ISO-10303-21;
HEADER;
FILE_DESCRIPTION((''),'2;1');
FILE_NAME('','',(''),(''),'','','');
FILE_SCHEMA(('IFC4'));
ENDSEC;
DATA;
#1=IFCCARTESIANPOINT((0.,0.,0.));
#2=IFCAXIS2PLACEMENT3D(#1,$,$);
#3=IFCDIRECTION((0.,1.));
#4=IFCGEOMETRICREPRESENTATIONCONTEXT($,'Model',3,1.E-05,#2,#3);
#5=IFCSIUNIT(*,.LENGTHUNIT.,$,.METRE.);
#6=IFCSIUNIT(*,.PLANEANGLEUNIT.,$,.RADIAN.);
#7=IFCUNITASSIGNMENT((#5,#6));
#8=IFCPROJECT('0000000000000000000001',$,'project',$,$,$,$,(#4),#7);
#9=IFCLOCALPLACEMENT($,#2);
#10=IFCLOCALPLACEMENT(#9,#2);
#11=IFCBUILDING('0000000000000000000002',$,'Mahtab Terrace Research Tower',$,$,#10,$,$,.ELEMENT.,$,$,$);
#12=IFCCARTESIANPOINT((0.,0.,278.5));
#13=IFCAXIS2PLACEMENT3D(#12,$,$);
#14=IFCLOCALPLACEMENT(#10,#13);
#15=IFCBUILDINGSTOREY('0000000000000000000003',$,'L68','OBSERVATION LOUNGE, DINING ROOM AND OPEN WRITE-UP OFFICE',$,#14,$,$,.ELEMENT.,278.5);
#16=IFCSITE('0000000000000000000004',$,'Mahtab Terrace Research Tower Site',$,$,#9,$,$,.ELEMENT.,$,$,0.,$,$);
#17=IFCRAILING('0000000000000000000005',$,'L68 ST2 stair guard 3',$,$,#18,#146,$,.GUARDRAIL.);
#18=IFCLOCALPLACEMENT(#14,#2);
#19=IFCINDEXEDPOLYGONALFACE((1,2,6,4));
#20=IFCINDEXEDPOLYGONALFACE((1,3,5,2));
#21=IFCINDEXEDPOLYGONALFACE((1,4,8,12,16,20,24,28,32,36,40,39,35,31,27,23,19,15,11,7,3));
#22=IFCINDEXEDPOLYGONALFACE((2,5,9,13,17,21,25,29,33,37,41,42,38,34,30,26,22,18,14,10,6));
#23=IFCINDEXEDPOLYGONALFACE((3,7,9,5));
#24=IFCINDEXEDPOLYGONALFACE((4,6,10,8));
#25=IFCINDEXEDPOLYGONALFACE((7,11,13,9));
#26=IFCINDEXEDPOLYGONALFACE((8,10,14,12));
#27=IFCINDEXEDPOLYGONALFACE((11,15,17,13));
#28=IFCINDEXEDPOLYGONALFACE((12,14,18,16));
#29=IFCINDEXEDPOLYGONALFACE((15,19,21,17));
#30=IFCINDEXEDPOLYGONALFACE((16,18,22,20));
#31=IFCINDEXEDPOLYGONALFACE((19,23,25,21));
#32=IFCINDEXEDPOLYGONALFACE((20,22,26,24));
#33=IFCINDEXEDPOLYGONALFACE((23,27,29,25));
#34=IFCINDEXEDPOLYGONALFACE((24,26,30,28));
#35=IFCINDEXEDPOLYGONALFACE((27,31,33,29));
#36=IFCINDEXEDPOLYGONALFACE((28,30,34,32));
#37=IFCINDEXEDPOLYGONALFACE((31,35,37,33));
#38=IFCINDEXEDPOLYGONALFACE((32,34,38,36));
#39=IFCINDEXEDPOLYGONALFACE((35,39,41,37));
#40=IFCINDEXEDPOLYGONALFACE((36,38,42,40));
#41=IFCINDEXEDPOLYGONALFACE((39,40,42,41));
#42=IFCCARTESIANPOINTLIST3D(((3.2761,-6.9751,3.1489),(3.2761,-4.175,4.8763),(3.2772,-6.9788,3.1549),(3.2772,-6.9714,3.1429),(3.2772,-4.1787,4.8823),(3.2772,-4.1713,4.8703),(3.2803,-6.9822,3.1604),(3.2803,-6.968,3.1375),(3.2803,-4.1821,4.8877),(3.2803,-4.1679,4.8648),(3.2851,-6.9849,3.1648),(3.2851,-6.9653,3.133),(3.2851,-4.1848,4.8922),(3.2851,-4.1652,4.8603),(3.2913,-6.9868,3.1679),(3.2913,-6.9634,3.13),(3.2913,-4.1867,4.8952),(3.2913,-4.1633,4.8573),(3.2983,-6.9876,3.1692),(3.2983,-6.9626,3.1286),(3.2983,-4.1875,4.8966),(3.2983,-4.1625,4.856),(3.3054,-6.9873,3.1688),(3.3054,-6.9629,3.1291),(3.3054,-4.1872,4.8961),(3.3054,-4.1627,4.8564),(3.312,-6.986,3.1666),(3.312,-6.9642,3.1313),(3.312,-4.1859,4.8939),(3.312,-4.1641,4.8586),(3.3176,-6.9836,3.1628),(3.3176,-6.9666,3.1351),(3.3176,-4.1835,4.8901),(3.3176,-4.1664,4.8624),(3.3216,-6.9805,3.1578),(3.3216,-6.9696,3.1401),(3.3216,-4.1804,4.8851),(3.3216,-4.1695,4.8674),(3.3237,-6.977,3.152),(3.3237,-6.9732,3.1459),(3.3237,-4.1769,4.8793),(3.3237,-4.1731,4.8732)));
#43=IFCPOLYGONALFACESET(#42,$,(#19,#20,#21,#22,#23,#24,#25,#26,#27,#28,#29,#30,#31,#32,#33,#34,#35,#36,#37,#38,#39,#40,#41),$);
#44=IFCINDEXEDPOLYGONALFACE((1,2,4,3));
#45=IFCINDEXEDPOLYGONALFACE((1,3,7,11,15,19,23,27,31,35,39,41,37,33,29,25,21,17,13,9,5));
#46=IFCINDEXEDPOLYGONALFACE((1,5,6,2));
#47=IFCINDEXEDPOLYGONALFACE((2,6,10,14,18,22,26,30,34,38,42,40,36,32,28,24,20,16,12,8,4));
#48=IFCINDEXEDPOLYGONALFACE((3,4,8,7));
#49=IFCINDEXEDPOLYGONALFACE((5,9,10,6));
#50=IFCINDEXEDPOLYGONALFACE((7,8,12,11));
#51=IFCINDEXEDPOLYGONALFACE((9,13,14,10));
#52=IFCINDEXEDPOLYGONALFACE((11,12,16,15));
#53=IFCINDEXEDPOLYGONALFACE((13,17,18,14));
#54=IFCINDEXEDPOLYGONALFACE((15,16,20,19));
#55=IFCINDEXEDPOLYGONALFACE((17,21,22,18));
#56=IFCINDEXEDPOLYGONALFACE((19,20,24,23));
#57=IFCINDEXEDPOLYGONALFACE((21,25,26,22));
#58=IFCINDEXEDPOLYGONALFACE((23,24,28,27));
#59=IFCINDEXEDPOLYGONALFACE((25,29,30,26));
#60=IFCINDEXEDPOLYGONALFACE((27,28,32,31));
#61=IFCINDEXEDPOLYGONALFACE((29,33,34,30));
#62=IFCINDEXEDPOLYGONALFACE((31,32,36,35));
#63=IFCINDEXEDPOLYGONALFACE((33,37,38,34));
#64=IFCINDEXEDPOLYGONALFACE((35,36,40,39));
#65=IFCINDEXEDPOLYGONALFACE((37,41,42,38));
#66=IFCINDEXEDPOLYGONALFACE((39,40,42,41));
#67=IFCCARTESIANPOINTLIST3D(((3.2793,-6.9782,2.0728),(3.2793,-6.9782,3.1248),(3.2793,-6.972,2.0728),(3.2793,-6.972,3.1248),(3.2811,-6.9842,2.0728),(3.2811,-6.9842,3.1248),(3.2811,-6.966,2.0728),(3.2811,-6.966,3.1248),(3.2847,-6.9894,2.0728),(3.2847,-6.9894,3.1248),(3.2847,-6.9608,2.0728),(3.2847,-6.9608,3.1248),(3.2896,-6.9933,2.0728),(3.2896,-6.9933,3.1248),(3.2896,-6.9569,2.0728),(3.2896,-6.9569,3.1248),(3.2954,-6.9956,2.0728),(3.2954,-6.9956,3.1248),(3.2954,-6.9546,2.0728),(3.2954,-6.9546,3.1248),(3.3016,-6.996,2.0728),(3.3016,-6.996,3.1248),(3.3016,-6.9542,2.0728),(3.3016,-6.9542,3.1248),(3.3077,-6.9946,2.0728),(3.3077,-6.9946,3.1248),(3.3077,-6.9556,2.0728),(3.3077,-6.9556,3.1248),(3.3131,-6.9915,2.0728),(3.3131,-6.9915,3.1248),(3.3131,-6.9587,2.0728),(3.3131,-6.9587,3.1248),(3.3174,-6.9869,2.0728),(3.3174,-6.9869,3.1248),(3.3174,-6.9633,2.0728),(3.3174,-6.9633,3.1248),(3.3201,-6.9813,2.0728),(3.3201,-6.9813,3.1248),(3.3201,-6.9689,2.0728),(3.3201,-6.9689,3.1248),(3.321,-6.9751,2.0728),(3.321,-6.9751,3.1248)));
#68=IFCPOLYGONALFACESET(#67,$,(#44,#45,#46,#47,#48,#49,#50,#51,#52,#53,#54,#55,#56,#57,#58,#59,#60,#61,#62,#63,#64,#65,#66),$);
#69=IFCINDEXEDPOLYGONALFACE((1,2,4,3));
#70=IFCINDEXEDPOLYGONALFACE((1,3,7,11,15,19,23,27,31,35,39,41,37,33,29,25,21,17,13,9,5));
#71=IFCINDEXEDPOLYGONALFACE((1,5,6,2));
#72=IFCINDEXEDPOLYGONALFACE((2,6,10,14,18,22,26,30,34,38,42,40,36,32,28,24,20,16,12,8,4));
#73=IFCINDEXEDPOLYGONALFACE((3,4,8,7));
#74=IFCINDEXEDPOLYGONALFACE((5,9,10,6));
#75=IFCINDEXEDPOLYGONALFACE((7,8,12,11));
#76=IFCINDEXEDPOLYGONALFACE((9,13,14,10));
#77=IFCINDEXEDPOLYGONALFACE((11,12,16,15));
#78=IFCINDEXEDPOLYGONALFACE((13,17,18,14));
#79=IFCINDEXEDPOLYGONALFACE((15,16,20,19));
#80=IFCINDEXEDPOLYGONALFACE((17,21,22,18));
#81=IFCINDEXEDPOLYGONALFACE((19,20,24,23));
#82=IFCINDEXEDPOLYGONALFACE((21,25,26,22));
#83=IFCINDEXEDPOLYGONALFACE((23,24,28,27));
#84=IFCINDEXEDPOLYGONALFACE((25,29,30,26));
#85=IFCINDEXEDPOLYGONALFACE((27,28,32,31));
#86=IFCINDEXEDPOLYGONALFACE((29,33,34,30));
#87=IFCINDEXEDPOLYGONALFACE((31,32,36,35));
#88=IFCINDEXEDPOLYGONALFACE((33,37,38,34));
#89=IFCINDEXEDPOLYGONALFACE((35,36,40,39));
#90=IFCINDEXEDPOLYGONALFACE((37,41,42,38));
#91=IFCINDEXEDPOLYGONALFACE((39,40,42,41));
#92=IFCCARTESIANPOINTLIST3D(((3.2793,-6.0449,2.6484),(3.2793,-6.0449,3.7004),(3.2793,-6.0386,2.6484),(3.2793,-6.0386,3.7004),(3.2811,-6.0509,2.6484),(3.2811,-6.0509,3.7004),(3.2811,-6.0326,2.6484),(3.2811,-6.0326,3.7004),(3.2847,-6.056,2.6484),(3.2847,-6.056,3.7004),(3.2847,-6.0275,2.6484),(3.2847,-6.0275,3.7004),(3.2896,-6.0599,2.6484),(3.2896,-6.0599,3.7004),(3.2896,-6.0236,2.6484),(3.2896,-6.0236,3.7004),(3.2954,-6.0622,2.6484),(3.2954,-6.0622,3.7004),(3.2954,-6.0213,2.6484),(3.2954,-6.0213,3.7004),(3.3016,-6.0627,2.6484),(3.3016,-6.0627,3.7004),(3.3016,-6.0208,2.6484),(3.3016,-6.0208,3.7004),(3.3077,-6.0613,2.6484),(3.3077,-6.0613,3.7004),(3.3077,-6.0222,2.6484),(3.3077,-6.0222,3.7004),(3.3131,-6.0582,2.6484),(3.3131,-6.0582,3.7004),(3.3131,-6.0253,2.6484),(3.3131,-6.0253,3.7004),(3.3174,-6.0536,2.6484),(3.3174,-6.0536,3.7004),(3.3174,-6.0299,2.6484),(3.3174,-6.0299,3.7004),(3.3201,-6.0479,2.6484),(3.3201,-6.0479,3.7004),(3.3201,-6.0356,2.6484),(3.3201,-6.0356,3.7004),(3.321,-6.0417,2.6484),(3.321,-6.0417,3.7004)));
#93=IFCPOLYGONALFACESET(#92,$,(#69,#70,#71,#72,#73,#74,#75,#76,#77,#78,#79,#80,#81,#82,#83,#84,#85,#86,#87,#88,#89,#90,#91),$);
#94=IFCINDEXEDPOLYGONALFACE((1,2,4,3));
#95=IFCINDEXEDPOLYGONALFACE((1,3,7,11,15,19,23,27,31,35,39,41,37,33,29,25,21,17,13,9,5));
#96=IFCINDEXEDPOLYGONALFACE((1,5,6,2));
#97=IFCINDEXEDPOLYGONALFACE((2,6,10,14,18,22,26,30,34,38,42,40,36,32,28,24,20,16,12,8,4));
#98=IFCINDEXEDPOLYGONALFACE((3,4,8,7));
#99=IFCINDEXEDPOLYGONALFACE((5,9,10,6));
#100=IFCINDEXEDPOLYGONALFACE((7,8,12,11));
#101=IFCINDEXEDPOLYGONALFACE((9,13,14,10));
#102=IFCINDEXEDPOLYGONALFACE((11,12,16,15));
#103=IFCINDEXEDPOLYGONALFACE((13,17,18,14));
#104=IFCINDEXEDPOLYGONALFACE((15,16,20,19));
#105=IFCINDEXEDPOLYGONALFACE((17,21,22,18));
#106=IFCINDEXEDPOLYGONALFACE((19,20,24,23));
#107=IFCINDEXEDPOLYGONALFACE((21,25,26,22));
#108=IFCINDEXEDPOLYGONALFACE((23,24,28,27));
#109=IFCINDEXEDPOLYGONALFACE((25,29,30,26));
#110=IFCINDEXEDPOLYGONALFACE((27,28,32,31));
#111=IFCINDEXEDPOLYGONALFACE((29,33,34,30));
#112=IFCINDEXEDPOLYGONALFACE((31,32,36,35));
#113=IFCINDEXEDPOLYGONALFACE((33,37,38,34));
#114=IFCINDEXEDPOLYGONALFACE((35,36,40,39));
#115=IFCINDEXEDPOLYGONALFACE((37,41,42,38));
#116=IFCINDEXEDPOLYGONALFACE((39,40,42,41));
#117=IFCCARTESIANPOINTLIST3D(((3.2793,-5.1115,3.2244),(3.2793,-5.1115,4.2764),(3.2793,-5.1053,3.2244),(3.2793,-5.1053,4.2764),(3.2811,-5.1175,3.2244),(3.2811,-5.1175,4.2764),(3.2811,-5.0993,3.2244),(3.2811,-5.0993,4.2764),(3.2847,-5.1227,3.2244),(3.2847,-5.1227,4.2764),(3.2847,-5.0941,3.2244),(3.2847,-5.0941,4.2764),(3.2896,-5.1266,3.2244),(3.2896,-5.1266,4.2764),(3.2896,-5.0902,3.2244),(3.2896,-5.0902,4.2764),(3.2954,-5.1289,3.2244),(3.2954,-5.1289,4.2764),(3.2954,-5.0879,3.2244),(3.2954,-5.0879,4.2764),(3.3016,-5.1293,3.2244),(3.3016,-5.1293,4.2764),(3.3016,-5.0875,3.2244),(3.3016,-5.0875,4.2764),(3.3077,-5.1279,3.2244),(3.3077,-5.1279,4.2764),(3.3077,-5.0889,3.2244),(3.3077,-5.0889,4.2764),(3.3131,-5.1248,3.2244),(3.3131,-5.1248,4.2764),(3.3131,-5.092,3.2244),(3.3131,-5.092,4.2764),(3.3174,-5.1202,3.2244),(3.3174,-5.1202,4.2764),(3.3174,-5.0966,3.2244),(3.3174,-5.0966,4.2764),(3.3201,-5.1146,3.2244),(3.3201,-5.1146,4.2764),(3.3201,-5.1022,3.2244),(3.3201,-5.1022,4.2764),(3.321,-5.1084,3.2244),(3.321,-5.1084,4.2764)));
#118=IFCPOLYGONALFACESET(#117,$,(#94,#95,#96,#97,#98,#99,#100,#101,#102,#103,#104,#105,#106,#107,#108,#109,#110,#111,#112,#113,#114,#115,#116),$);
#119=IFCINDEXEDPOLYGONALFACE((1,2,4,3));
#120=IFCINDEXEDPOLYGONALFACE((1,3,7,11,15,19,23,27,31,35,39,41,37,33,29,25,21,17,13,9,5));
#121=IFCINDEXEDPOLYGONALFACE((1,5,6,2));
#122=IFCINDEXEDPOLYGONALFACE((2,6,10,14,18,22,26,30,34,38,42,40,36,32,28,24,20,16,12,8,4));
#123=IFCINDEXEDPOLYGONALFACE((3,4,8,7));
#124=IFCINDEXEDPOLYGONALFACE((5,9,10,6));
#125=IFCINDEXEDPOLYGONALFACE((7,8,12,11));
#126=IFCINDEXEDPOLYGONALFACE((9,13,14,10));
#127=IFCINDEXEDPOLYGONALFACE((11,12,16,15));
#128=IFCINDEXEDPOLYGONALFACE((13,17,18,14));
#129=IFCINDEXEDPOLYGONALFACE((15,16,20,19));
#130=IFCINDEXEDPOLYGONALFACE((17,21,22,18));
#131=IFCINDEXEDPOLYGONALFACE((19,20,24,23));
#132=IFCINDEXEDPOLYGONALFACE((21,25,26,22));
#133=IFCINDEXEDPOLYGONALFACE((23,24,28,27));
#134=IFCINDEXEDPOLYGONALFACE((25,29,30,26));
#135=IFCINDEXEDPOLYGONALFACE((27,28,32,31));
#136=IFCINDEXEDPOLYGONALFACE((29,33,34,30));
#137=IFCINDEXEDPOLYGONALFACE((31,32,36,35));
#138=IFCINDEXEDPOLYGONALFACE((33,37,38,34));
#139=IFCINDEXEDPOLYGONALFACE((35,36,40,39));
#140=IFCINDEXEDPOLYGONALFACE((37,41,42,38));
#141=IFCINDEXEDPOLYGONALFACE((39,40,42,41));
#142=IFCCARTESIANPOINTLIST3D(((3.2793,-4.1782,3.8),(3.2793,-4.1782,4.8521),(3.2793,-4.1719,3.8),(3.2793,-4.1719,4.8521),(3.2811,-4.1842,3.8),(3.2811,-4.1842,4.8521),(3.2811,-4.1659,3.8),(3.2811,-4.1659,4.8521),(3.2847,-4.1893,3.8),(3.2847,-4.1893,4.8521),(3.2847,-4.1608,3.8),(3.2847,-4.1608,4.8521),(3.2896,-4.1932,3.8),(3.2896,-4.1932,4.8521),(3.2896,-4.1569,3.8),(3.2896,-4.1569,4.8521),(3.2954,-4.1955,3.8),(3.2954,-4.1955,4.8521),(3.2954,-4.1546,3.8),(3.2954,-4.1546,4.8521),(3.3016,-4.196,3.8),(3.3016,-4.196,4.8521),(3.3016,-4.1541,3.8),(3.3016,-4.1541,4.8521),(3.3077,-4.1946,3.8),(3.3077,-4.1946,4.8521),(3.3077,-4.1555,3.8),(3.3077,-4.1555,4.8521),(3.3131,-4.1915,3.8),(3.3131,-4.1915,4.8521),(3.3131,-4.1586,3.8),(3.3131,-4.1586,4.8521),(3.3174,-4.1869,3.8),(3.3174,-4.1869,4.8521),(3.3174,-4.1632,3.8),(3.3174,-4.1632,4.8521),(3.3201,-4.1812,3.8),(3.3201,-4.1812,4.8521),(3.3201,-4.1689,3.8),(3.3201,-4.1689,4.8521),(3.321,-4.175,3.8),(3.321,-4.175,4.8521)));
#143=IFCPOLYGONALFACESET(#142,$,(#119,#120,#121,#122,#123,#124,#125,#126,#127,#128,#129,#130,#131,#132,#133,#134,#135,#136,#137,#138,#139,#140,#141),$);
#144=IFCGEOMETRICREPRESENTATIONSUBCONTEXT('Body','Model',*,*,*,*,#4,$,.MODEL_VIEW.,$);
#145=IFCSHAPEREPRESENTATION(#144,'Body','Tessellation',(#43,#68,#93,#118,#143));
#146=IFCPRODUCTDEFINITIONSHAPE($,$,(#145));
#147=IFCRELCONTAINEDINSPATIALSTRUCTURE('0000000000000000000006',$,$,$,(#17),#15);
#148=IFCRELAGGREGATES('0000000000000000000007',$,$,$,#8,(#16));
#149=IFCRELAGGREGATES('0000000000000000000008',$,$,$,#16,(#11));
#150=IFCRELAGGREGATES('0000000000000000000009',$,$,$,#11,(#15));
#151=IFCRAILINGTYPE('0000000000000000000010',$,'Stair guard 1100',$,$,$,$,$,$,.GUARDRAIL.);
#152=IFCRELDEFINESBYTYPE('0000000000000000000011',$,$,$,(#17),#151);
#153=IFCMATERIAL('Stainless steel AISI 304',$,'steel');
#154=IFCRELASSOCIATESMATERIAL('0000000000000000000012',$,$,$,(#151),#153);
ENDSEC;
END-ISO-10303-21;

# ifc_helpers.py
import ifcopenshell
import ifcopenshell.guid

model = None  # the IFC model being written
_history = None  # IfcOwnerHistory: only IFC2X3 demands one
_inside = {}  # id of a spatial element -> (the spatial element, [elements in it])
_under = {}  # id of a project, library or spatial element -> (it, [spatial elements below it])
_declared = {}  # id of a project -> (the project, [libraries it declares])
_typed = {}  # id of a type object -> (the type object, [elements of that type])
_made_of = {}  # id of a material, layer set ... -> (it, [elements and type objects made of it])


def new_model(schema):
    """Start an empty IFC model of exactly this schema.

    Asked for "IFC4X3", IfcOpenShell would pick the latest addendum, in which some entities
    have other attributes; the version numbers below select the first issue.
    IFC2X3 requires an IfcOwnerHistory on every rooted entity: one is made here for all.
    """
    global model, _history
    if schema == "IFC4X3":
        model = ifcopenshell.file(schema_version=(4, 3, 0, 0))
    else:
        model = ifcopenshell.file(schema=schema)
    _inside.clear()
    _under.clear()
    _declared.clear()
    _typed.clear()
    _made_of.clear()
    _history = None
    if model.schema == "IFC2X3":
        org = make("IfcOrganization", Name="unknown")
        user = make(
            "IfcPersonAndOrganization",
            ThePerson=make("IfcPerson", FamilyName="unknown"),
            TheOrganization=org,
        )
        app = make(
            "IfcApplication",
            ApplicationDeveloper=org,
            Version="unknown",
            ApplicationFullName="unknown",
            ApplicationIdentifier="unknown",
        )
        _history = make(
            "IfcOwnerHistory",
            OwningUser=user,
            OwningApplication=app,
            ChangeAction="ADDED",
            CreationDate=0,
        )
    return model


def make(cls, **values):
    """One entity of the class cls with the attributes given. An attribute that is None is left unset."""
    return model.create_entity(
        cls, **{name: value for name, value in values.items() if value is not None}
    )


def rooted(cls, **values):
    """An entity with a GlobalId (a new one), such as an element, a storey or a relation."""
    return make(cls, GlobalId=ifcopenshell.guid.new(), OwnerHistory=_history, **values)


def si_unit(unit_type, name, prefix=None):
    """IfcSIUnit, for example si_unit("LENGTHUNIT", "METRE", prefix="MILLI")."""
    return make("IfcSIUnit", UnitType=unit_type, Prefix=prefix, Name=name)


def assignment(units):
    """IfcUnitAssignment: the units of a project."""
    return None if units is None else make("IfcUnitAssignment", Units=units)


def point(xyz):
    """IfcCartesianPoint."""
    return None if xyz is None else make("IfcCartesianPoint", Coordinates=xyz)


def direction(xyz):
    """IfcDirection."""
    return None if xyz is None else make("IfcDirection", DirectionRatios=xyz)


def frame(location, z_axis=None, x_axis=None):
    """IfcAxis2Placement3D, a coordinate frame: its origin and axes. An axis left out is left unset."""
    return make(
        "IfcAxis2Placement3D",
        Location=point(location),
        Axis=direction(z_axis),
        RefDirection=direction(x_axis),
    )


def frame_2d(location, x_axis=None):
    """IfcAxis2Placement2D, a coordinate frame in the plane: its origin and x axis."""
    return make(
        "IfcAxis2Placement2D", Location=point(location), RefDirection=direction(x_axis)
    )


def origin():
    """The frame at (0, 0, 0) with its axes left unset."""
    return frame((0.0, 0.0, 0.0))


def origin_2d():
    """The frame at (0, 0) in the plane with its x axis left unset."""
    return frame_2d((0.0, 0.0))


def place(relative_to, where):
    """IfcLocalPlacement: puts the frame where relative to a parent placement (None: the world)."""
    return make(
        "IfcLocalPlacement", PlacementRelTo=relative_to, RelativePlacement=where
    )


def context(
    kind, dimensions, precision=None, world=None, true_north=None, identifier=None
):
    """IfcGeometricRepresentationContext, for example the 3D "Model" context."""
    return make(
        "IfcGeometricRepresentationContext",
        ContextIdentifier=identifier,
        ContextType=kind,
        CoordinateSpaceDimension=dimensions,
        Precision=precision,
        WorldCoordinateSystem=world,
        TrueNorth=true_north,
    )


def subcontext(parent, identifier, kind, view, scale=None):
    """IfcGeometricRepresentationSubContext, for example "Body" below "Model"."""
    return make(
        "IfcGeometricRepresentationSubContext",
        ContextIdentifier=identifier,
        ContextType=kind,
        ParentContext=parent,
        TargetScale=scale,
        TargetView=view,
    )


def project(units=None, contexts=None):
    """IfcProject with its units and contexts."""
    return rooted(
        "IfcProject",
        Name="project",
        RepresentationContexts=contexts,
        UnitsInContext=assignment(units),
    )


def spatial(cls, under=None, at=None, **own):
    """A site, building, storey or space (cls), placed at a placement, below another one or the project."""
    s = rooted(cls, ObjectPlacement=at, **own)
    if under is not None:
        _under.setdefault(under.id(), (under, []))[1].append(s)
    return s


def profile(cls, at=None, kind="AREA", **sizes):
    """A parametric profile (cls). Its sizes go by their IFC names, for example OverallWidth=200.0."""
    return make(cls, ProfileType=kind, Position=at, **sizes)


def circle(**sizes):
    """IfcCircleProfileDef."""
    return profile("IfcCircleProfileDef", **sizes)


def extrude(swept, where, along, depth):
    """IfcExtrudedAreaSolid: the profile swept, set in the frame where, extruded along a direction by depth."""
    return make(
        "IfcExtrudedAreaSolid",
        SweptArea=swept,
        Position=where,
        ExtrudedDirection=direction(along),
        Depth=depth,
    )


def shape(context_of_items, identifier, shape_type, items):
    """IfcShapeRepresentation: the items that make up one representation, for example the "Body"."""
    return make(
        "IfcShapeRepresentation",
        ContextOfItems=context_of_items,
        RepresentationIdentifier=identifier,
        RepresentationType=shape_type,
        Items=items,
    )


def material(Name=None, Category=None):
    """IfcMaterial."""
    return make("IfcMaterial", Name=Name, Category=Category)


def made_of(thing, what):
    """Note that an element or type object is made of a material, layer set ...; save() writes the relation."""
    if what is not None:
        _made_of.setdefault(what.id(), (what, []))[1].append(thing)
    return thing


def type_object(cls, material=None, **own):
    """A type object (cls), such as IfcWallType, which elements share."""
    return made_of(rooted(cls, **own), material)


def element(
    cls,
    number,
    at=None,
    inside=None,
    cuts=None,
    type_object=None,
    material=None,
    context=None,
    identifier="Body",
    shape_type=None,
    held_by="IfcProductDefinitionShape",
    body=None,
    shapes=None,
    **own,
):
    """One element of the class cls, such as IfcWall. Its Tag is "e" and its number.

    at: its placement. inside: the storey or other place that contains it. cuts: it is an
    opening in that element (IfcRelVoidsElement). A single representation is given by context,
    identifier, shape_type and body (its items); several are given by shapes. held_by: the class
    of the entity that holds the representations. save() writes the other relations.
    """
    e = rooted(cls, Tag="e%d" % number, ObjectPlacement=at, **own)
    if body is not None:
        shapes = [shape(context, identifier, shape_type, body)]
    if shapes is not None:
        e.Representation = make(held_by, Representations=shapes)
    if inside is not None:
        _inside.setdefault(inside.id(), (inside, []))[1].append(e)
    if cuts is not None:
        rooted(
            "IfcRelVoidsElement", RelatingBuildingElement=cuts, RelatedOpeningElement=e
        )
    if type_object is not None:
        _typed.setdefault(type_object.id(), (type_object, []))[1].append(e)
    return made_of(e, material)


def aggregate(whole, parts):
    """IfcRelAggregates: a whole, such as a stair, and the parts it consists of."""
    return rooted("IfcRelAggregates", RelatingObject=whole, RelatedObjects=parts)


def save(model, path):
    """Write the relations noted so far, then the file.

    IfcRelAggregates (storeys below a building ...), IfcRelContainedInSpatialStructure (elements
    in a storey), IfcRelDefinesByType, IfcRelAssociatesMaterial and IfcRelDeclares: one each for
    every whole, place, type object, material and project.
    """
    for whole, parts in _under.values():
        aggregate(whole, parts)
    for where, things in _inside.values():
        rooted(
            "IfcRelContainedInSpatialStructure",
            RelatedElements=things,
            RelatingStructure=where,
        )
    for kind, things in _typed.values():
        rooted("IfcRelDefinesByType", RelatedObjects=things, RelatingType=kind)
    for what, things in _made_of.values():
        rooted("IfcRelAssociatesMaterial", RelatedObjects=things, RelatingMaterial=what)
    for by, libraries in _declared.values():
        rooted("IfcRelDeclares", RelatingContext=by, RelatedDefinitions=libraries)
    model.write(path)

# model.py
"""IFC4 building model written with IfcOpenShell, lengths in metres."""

from ifc_helpers import new_model, si_unit, direction, frame, origin, origin_2d, place, context, subcontext, project, spatial, circle, extrude, material, type_object, element, save


model = new_model("IFC4")

# Units and contexts
model_context = context("Model", 3, precision=1e-05, world=origin(), true_north=direction((0.0, 1.0)))
body_context = subcontext(model_context, "Body", "Model", "MODEL_VIEW")
ifc_project = project(units=[si_unit("LENGTHUNIT", "METRE"), si_unit("PLANEANGLEUNIT", "RADIAN")], contexts=[model_context])

# Site, building, storey
site_placement = place(None, origin())
site = spatial("IfcSite", under=ifc_project, at=site_placement, Name="Mahtab Terrace Research Tower Site", CompositionType="ELEMENT", RefElevation=0.0)
building_placement = place(site_placement, origin())
building = spatial("IfcBuilding", under=site, at=building_placement, Name="Mahtab Terrace Research Tower", CompositionType="ELEMENT")
storey_placement = place(building_placement, frame((0.0, 0.0, 278.5)))
storey = spatial("IfcBuildingStorey", under=building, at=storey_placement, Name="L68", Description="OBSERVATION LOUNGE, DINING ROOM AND OPEN WRITE-UP OFFICE", CompositionType="ELEMENT", Elevation=278.5)

# Railing
ifc_material_1 = material(Name="Stainless steel AISI 304", Category="steel")
railing_type_1 = type_object("IfcRailingType", Name="Stair guard 1100", PredefinedType="GUARDRAIL", material=ifc_material_1)
railing_1_placement = place(storey_placement, frame((3.3, -6.9751, 2.0728)))
element("IfcRailing", 1, at=railing_1_placement, inside=storey, type_object=railing_type_1, Name="L68 ST2 stair guard 3", PredefinedType="GUARDRAIL", context=body_context, shape_type="SweptSolid", body=[
    extrude(circle(Radius=0.0239, at=origin_2d()), frame((0.0, 0.0, 1.0762), z_axis=(0.0, 0.85109, 0.52502), x_axis=(-1.0, 0.0, 0.0)), (0.0, 0.0, 1.0), 3.29),
    extrude(circle(Radius=0.021, at=origin_2d()), origin(), (0.0, 0.0, 1.0), 1.052),
    extrude(circle(Radius=0.021, at=origin_2d()), frame((0.0, 0.9333, 0.5757)), (0.0, 0.0, 1.0), 1.052),
    extrude(circle(Radius=0.021, at=origin_2d()), frame((0.0, 1.8667, 1.1516)), (0.0, 0.0, 1.0), 1.052),
    extrude(circle(Radius=0.021, at=origin_2d()), frame((0.0, 2.8, 1.7273)), (0.0, 0.0, 1.0), 1.052),
])

save(model, "model.ifc")
